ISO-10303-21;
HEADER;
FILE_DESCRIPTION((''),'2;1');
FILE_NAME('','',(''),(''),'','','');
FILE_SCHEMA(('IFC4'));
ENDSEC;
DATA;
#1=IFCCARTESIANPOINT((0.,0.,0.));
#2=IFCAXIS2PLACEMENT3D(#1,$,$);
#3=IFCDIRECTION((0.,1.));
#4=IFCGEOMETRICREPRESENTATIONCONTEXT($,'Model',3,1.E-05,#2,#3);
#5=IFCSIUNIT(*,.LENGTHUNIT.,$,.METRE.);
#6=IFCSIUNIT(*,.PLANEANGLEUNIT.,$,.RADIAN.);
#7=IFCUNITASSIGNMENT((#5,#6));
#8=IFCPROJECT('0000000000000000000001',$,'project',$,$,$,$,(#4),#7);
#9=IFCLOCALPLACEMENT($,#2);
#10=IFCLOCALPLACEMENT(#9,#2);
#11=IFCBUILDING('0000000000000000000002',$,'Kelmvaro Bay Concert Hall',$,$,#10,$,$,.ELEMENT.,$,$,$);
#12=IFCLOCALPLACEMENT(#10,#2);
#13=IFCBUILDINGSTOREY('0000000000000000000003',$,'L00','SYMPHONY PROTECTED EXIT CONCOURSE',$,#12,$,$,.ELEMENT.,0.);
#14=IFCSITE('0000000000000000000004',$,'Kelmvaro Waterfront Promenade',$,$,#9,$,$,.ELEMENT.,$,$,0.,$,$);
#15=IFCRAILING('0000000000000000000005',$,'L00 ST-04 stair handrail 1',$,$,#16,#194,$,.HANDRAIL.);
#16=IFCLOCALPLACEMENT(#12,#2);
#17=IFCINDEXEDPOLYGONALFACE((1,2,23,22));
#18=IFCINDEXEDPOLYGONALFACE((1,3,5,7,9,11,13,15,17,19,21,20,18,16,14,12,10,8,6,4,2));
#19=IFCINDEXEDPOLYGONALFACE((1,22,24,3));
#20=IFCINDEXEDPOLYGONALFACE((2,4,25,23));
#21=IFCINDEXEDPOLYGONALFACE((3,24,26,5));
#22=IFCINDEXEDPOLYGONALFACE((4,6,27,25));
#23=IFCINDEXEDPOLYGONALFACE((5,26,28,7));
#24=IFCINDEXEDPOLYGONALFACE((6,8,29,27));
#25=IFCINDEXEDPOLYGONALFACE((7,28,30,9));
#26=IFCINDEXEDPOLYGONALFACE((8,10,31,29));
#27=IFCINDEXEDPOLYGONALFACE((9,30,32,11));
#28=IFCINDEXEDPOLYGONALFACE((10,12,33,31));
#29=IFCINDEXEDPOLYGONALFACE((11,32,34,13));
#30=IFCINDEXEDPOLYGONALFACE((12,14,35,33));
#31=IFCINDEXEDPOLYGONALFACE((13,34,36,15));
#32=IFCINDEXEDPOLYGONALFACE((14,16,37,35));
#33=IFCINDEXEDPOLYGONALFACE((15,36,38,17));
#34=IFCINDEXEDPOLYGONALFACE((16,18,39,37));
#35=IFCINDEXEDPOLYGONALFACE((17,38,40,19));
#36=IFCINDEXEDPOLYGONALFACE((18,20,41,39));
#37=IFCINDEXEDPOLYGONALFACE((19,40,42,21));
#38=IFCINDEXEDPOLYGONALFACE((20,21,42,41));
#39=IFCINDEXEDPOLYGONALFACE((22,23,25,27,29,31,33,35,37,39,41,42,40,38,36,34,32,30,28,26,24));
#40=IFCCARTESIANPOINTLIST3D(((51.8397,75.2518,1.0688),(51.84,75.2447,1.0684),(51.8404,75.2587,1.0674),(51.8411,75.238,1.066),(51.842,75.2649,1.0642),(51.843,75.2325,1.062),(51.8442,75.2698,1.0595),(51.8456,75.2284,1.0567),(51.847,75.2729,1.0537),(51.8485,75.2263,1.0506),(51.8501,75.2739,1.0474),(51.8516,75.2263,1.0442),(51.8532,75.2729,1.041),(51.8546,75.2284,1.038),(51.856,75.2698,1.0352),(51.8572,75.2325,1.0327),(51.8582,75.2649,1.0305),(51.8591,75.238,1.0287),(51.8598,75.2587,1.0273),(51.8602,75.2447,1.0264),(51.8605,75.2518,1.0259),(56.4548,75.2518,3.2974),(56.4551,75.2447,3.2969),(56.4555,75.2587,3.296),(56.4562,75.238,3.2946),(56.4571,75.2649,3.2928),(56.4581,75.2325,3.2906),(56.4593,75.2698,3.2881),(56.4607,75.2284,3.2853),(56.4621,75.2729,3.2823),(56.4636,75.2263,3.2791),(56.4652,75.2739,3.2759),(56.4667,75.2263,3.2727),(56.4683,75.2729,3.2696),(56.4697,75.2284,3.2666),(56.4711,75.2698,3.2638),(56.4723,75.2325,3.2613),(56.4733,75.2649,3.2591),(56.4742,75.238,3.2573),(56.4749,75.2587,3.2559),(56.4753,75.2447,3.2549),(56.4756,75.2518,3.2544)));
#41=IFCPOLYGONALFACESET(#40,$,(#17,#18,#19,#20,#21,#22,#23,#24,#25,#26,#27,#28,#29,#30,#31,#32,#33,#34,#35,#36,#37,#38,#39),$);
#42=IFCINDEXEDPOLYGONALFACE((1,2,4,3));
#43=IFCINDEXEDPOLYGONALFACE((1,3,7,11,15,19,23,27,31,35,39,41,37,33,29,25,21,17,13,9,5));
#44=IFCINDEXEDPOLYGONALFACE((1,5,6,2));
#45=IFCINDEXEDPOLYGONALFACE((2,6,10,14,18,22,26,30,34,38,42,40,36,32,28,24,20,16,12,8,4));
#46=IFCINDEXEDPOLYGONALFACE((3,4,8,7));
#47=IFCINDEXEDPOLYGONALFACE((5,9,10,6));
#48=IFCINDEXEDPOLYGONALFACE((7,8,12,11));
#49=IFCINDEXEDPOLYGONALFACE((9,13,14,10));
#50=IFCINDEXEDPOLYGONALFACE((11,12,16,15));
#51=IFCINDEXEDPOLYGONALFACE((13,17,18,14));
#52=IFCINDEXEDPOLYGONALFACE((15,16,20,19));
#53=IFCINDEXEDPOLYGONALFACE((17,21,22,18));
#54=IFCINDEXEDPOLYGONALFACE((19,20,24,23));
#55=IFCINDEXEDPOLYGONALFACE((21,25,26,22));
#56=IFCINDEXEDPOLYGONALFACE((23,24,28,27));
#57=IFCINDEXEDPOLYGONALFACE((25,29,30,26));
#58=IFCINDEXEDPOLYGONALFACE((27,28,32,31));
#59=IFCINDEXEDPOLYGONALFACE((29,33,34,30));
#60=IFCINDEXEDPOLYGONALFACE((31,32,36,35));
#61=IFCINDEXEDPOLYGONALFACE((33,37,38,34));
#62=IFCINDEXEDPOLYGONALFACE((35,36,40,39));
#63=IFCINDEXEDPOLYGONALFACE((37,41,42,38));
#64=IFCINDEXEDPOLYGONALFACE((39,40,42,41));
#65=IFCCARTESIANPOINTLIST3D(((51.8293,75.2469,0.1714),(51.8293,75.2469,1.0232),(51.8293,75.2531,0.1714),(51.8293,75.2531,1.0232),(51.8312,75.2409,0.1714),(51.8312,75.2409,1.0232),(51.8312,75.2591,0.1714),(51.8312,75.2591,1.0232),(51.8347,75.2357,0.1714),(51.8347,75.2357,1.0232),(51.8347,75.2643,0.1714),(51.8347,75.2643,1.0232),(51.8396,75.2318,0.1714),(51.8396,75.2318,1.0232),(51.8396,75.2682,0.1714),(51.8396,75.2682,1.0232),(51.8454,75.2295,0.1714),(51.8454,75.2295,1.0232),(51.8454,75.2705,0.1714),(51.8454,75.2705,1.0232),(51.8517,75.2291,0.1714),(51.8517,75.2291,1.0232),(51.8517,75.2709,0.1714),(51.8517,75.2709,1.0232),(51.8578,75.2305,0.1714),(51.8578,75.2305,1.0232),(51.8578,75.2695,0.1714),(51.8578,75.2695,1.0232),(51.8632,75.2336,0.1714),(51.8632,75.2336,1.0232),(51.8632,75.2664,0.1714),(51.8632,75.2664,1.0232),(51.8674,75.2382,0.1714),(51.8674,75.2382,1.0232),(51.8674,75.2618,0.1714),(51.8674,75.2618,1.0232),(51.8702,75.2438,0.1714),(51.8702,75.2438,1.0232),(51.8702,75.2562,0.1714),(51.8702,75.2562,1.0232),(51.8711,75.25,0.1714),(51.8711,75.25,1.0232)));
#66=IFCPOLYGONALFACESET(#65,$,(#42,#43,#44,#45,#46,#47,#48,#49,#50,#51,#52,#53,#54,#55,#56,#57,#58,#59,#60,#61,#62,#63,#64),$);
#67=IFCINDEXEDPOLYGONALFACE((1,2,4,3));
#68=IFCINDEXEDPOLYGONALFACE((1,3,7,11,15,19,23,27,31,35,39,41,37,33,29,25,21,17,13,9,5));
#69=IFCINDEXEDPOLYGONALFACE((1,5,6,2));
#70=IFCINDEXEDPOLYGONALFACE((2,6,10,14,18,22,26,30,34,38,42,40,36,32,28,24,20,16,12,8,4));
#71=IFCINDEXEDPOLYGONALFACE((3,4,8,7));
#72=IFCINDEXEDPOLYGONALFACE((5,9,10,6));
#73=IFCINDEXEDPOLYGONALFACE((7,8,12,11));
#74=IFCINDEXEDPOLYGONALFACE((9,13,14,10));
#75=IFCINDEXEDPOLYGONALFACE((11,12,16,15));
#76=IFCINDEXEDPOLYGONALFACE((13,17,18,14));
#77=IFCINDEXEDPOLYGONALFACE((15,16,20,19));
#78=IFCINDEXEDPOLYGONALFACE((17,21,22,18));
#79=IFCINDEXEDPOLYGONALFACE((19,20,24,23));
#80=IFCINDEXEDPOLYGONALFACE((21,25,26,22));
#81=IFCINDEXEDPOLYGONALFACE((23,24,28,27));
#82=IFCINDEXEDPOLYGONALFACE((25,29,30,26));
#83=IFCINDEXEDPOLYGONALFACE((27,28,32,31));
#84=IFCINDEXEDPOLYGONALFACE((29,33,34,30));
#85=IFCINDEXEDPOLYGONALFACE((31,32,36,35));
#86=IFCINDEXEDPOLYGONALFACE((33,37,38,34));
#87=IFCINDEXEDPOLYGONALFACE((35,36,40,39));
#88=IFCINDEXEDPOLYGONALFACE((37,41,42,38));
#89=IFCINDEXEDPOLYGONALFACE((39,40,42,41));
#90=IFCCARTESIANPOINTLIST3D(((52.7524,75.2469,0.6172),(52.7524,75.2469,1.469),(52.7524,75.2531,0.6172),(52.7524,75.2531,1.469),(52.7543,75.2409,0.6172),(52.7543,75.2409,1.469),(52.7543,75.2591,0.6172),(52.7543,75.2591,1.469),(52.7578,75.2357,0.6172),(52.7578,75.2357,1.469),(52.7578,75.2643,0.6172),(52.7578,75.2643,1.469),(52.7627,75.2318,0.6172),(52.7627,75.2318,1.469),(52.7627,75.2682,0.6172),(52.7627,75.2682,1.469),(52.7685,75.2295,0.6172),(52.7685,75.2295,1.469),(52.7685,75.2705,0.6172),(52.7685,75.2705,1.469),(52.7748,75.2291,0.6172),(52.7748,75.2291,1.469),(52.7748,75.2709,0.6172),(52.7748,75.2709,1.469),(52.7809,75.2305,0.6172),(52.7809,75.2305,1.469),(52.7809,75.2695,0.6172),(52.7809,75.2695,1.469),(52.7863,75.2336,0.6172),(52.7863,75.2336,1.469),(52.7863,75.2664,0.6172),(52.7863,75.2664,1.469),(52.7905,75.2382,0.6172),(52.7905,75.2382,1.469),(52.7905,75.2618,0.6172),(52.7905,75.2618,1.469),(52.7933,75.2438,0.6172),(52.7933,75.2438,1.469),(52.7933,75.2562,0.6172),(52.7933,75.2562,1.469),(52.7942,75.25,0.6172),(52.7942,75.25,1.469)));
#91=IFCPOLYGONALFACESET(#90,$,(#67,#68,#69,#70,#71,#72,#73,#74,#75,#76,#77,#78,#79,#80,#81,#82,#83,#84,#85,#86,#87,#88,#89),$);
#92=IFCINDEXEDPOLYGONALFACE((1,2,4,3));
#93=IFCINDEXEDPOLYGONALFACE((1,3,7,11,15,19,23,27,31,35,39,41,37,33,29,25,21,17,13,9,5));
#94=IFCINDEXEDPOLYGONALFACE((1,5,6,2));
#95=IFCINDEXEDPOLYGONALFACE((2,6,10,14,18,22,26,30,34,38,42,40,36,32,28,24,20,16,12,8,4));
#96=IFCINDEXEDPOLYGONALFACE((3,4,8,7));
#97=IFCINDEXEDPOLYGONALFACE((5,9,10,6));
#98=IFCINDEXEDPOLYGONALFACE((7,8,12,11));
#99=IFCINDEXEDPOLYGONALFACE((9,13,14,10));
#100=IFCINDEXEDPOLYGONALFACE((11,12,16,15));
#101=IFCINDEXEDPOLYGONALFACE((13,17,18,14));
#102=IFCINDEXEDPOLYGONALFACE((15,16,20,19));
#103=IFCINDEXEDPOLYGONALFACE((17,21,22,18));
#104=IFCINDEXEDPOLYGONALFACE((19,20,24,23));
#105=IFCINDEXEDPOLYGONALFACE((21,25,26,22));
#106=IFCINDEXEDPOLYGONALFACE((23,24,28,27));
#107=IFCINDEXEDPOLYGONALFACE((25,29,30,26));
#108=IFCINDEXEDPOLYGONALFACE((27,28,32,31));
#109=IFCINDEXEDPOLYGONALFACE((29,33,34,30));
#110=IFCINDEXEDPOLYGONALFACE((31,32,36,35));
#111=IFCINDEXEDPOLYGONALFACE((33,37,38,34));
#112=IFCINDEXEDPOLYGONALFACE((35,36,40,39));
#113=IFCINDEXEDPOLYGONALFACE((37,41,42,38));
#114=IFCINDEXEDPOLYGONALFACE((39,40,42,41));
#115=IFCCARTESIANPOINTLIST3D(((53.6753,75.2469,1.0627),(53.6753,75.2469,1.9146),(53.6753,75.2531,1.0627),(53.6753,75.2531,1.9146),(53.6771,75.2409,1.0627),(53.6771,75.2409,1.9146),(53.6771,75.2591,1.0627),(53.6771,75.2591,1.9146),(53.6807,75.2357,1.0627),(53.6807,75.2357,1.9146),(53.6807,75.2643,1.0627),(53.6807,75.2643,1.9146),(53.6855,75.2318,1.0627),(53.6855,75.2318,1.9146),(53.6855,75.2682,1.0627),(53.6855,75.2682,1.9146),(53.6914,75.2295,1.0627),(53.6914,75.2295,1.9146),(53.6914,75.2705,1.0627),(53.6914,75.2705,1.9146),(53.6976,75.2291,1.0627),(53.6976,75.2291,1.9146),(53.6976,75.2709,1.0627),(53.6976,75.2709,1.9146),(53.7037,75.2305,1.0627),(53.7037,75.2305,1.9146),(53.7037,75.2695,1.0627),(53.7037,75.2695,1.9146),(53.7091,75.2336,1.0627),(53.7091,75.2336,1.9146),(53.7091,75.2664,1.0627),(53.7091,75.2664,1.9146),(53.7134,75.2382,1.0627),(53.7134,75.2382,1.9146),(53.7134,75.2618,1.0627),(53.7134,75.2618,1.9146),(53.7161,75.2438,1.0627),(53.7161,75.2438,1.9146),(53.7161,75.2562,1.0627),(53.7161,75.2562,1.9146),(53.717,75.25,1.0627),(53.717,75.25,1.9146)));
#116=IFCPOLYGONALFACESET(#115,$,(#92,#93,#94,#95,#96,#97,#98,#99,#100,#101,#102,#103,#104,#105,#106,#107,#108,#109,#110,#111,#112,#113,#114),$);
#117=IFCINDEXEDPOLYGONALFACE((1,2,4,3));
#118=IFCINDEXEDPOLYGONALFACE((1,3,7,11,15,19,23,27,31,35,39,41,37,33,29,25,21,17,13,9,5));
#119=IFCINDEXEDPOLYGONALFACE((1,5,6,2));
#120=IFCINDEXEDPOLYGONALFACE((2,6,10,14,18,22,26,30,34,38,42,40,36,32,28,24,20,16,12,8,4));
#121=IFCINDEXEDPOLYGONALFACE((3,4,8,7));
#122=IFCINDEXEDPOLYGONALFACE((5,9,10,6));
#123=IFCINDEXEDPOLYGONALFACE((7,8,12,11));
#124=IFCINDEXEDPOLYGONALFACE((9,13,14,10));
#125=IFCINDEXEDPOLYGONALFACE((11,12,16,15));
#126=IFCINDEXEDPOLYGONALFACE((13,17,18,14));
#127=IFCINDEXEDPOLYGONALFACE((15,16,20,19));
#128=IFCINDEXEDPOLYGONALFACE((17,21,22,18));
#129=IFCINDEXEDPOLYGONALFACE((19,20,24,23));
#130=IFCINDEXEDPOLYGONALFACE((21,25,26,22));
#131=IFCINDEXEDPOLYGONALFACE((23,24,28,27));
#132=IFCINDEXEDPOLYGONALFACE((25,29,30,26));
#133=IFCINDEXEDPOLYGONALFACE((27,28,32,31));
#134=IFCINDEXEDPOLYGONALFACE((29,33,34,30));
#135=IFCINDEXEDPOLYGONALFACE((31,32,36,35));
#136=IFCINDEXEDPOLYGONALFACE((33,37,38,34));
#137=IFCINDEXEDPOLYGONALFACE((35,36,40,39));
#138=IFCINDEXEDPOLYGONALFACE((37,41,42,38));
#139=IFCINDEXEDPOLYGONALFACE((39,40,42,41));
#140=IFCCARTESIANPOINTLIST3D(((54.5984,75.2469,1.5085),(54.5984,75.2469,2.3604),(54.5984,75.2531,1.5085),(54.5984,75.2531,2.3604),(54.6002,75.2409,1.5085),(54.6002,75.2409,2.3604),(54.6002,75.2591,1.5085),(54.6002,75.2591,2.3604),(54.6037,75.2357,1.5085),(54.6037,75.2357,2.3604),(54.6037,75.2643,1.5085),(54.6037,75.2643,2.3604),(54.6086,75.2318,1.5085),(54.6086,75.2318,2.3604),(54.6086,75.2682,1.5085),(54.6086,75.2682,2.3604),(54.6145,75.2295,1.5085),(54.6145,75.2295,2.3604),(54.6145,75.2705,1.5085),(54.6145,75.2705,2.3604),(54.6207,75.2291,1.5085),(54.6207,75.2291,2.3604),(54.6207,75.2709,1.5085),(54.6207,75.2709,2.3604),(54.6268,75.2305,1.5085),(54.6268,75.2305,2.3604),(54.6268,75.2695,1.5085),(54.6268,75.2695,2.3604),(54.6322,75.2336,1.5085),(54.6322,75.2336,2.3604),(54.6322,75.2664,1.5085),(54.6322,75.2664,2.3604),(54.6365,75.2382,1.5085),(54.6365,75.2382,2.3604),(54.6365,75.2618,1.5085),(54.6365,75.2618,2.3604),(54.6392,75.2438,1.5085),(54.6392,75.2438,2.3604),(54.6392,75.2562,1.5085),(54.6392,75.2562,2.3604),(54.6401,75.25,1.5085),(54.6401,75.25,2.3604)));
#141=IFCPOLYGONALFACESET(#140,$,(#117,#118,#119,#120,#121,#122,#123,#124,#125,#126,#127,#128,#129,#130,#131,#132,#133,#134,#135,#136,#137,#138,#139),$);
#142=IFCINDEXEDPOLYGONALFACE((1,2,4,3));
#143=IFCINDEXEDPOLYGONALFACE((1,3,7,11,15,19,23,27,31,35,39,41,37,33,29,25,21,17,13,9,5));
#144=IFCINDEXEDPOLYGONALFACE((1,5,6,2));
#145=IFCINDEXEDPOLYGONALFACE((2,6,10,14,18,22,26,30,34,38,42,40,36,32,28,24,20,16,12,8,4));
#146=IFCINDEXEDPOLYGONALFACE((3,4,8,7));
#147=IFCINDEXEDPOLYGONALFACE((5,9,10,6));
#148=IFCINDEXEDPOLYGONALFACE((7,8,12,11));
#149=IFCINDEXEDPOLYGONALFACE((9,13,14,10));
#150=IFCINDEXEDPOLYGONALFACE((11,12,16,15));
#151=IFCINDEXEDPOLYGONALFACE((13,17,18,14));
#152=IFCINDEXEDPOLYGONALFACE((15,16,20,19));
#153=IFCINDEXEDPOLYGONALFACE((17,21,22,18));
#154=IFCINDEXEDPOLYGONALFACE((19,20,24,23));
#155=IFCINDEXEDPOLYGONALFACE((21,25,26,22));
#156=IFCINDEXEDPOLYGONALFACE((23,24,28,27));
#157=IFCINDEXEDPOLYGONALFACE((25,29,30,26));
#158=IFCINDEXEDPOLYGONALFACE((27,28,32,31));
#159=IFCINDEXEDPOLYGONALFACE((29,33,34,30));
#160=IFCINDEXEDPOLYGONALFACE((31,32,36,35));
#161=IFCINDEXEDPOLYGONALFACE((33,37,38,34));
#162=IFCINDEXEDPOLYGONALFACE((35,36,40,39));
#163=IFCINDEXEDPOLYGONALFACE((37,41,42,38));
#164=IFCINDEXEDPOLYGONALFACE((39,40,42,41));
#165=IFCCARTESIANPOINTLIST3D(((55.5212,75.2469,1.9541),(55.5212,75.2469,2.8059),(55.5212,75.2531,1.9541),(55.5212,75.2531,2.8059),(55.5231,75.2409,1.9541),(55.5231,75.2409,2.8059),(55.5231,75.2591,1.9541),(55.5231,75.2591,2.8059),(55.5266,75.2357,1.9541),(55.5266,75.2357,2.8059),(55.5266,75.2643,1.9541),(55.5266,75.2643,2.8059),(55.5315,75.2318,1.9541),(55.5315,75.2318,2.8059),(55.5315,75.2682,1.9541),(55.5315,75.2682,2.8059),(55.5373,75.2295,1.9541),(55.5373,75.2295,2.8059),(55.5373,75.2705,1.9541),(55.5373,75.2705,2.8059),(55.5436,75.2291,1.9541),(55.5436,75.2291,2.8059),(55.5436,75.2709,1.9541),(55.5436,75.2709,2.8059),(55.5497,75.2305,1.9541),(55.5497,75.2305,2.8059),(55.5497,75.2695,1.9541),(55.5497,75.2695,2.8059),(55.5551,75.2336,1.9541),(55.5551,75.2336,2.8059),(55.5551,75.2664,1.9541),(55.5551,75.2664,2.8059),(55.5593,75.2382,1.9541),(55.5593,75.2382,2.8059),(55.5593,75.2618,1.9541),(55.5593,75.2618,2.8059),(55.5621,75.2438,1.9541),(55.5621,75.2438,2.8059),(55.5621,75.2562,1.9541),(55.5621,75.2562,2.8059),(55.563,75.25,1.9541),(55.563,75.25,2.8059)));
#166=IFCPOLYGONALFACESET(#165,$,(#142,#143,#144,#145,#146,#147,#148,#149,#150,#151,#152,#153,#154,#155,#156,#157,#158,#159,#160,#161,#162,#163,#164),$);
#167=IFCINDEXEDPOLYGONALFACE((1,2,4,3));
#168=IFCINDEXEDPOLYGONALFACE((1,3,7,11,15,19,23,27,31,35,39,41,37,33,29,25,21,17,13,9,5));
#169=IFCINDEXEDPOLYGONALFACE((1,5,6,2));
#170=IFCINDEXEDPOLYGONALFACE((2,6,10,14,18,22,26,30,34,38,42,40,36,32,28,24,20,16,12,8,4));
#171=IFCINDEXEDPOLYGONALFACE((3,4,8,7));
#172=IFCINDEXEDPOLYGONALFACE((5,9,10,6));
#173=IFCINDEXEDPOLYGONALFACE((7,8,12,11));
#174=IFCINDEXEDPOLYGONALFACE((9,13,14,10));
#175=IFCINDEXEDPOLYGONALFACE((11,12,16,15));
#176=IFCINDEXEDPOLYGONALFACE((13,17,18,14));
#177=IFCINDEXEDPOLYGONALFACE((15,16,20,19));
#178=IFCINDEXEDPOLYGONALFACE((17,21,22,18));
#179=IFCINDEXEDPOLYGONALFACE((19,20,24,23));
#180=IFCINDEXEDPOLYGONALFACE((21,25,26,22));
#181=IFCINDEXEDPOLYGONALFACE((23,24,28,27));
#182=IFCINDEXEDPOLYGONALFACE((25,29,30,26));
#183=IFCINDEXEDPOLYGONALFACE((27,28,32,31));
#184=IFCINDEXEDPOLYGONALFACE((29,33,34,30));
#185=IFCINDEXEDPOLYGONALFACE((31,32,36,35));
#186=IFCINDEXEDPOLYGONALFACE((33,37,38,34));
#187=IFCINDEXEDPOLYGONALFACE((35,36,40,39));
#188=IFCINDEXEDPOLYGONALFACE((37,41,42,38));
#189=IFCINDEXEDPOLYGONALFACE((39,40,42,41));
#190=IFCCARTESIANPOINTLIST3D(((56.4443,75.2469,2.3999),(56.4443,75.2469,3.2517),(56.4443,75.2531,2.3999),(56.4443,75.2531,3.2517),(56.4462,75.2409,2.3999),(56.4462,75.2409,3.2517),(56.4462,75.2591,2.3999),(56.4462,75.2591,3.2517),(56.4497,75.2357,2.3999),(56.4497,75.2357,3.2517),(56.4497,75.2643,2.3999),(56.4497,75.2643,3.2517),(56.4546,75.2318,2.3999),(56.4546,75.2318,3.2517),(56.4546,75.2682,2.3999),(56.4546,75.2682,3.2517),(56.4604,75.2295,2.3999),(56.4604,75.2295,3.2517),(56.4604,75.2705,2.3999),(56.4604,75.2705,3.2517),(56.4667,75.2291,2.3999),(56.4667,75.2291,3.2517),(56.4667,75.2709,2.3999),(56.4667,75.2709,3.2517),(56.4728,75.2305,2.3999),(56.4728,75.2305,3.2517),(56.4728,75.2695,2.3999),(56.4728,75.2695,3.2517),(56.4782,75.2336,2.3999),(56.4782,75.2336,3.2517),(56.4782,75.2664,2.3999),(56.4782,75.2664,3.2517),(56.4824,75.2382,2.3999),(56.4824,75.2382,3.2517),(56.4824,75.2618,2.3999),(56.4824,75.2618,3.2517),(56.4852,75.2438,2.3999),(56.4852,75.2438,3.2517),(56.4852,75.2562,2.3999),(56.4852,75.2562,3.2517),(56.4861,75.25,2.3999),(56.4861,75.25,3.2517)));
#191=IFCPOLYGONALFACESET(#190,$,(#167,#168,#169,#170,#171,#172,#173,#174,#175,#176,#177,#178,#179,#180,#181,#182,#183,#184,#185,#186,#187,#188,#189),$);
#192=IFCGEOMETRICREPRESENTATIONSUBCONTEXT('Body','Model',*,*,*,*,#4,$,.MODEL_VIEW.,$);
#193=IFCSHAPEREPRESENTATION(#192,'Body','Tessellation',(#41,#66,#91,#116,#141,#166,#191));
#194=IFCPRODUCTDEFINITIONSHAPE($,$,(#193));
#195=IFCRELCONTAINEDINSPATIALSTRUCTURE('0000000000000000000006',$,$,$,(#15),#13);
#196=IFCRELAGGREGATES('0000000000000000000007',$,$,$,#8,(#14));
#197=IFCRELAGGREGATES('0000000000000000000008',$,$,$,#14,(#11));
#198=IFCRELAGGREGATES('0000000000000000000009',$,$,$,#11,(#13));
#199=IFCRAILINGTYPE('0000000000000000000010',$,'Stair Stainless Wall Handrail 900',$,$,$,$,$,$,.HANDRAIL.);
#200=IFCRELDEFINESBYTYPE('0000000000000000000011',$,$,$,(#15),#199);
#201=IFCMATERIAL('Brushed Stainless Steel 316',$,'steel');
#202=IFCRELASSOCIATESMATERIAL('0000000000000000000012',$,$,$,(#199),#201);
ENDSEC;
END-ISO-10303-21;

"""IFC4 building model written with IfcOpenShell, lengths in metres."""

from ifc_helpers import new_model, si_unit, direction, frame, origin, origin_2d, place, context, subcontext, project, spatial, circle, extrude, material, type_object, element, save


model = new_model("IFC4")

# Units and contexts
model_context = context("Model", 3, precision=1e-05, world=origin(), true_north=direction((0.0, 1.0)))
body_context = subcontext(model_context, "Body", "Model", "MODEL_VIEW")
ifc_project = project(units=[si_unit("LENGTHUNIT", "METRE"), si_unit("PLANEANGLEUNIT", "RADIAN")], contexts=[model_context])

# Site, building, storey
site_placement = place(None, origin())
site = spatial("IfcSite", under=ifc_project, at=site_placement, Name="Kelmvaro Waterfront Promenade", CompositionType="ELEMENT", RefElevation=0.0)
building_placement = place(site_placement, origin())
building = spatial("IfcBuilding", under=site, at=building_placement, Name="Kelmvaro Bay Concert Hall", CompositionType="ELEMENT")
storey_placement = place(building_placement, origin())
storey = spatial("IfcBuildingStorey", under=building, at=storey_placement, Name="L00", Description="SYMPHONY PROTECTED EXIT CONCOURSE", CompositionType="ELEMENT", Elevation=0.0)

# Railing
ifc_material_1 = material(Name="Brushed Stainless Steel 316", Category="steel")
railing_type_1 = type_object("IfcRailingType", Name="Stair Stainless Wall Handrail 900", PredefinedType="HANDRAIL", material=ifc_material_1)
railing_1_placement = place(storey_placement, frame((51.8501, 75.25, 0.1714)))
element("IfcRailing", 1, at=railing_1_placement, inside=storey, type_object=railing_type_1, Name="L00 ST-04 stair handrail 1", PredefinedType="HANDRAIL", context=body_context, shape_type="SweptSolid", body=[
    extrude(circle(Radius=0.0239, at=origin_2d()), frame((0.0, 0.0, 0.876), z_axis=(0.900507, 0.0, 0.434842), x_axis=(0.0, 1.0, 0.0)), (0.0, 0.0, 1.0), 5.125),
    extrude(circle(Radius=0.021, at=origin_2d()), origin(), (0.0, 0.0, 1.0), 0.8518),
    extrude(circle(Radius=0.021, at=origin_2d()), frame((0.9231, 0.0, 0.4458)), (0.0, 0.0, 1.0), 0.8518),
    extrude(circle(Radius=0.021, at=origin_2d()), frame((1.8459, 0.0, 0.8914)), (0.0, 0.0, 1.0), 0.8518),
    extrude(circle(Radius=0.021, at=origin_2d()), frame((2.769, 0.0, 1.3372)), (0.0, 0.0, 1.0), 0.8518),
    extrude(circle(Radius=0.021, at=origin_2d()), frame((3.6919, 0.0, 1.7827)), (0.0, 0.0, 1.0), 0.8518),
    extrude(circle(Radius=0.021, at=origin_2d()), frame((4.615, 0.0, 2.2285)), (0.0, 0.0, 1.0), 0.8518),
])

save(model, "model.ifc")
